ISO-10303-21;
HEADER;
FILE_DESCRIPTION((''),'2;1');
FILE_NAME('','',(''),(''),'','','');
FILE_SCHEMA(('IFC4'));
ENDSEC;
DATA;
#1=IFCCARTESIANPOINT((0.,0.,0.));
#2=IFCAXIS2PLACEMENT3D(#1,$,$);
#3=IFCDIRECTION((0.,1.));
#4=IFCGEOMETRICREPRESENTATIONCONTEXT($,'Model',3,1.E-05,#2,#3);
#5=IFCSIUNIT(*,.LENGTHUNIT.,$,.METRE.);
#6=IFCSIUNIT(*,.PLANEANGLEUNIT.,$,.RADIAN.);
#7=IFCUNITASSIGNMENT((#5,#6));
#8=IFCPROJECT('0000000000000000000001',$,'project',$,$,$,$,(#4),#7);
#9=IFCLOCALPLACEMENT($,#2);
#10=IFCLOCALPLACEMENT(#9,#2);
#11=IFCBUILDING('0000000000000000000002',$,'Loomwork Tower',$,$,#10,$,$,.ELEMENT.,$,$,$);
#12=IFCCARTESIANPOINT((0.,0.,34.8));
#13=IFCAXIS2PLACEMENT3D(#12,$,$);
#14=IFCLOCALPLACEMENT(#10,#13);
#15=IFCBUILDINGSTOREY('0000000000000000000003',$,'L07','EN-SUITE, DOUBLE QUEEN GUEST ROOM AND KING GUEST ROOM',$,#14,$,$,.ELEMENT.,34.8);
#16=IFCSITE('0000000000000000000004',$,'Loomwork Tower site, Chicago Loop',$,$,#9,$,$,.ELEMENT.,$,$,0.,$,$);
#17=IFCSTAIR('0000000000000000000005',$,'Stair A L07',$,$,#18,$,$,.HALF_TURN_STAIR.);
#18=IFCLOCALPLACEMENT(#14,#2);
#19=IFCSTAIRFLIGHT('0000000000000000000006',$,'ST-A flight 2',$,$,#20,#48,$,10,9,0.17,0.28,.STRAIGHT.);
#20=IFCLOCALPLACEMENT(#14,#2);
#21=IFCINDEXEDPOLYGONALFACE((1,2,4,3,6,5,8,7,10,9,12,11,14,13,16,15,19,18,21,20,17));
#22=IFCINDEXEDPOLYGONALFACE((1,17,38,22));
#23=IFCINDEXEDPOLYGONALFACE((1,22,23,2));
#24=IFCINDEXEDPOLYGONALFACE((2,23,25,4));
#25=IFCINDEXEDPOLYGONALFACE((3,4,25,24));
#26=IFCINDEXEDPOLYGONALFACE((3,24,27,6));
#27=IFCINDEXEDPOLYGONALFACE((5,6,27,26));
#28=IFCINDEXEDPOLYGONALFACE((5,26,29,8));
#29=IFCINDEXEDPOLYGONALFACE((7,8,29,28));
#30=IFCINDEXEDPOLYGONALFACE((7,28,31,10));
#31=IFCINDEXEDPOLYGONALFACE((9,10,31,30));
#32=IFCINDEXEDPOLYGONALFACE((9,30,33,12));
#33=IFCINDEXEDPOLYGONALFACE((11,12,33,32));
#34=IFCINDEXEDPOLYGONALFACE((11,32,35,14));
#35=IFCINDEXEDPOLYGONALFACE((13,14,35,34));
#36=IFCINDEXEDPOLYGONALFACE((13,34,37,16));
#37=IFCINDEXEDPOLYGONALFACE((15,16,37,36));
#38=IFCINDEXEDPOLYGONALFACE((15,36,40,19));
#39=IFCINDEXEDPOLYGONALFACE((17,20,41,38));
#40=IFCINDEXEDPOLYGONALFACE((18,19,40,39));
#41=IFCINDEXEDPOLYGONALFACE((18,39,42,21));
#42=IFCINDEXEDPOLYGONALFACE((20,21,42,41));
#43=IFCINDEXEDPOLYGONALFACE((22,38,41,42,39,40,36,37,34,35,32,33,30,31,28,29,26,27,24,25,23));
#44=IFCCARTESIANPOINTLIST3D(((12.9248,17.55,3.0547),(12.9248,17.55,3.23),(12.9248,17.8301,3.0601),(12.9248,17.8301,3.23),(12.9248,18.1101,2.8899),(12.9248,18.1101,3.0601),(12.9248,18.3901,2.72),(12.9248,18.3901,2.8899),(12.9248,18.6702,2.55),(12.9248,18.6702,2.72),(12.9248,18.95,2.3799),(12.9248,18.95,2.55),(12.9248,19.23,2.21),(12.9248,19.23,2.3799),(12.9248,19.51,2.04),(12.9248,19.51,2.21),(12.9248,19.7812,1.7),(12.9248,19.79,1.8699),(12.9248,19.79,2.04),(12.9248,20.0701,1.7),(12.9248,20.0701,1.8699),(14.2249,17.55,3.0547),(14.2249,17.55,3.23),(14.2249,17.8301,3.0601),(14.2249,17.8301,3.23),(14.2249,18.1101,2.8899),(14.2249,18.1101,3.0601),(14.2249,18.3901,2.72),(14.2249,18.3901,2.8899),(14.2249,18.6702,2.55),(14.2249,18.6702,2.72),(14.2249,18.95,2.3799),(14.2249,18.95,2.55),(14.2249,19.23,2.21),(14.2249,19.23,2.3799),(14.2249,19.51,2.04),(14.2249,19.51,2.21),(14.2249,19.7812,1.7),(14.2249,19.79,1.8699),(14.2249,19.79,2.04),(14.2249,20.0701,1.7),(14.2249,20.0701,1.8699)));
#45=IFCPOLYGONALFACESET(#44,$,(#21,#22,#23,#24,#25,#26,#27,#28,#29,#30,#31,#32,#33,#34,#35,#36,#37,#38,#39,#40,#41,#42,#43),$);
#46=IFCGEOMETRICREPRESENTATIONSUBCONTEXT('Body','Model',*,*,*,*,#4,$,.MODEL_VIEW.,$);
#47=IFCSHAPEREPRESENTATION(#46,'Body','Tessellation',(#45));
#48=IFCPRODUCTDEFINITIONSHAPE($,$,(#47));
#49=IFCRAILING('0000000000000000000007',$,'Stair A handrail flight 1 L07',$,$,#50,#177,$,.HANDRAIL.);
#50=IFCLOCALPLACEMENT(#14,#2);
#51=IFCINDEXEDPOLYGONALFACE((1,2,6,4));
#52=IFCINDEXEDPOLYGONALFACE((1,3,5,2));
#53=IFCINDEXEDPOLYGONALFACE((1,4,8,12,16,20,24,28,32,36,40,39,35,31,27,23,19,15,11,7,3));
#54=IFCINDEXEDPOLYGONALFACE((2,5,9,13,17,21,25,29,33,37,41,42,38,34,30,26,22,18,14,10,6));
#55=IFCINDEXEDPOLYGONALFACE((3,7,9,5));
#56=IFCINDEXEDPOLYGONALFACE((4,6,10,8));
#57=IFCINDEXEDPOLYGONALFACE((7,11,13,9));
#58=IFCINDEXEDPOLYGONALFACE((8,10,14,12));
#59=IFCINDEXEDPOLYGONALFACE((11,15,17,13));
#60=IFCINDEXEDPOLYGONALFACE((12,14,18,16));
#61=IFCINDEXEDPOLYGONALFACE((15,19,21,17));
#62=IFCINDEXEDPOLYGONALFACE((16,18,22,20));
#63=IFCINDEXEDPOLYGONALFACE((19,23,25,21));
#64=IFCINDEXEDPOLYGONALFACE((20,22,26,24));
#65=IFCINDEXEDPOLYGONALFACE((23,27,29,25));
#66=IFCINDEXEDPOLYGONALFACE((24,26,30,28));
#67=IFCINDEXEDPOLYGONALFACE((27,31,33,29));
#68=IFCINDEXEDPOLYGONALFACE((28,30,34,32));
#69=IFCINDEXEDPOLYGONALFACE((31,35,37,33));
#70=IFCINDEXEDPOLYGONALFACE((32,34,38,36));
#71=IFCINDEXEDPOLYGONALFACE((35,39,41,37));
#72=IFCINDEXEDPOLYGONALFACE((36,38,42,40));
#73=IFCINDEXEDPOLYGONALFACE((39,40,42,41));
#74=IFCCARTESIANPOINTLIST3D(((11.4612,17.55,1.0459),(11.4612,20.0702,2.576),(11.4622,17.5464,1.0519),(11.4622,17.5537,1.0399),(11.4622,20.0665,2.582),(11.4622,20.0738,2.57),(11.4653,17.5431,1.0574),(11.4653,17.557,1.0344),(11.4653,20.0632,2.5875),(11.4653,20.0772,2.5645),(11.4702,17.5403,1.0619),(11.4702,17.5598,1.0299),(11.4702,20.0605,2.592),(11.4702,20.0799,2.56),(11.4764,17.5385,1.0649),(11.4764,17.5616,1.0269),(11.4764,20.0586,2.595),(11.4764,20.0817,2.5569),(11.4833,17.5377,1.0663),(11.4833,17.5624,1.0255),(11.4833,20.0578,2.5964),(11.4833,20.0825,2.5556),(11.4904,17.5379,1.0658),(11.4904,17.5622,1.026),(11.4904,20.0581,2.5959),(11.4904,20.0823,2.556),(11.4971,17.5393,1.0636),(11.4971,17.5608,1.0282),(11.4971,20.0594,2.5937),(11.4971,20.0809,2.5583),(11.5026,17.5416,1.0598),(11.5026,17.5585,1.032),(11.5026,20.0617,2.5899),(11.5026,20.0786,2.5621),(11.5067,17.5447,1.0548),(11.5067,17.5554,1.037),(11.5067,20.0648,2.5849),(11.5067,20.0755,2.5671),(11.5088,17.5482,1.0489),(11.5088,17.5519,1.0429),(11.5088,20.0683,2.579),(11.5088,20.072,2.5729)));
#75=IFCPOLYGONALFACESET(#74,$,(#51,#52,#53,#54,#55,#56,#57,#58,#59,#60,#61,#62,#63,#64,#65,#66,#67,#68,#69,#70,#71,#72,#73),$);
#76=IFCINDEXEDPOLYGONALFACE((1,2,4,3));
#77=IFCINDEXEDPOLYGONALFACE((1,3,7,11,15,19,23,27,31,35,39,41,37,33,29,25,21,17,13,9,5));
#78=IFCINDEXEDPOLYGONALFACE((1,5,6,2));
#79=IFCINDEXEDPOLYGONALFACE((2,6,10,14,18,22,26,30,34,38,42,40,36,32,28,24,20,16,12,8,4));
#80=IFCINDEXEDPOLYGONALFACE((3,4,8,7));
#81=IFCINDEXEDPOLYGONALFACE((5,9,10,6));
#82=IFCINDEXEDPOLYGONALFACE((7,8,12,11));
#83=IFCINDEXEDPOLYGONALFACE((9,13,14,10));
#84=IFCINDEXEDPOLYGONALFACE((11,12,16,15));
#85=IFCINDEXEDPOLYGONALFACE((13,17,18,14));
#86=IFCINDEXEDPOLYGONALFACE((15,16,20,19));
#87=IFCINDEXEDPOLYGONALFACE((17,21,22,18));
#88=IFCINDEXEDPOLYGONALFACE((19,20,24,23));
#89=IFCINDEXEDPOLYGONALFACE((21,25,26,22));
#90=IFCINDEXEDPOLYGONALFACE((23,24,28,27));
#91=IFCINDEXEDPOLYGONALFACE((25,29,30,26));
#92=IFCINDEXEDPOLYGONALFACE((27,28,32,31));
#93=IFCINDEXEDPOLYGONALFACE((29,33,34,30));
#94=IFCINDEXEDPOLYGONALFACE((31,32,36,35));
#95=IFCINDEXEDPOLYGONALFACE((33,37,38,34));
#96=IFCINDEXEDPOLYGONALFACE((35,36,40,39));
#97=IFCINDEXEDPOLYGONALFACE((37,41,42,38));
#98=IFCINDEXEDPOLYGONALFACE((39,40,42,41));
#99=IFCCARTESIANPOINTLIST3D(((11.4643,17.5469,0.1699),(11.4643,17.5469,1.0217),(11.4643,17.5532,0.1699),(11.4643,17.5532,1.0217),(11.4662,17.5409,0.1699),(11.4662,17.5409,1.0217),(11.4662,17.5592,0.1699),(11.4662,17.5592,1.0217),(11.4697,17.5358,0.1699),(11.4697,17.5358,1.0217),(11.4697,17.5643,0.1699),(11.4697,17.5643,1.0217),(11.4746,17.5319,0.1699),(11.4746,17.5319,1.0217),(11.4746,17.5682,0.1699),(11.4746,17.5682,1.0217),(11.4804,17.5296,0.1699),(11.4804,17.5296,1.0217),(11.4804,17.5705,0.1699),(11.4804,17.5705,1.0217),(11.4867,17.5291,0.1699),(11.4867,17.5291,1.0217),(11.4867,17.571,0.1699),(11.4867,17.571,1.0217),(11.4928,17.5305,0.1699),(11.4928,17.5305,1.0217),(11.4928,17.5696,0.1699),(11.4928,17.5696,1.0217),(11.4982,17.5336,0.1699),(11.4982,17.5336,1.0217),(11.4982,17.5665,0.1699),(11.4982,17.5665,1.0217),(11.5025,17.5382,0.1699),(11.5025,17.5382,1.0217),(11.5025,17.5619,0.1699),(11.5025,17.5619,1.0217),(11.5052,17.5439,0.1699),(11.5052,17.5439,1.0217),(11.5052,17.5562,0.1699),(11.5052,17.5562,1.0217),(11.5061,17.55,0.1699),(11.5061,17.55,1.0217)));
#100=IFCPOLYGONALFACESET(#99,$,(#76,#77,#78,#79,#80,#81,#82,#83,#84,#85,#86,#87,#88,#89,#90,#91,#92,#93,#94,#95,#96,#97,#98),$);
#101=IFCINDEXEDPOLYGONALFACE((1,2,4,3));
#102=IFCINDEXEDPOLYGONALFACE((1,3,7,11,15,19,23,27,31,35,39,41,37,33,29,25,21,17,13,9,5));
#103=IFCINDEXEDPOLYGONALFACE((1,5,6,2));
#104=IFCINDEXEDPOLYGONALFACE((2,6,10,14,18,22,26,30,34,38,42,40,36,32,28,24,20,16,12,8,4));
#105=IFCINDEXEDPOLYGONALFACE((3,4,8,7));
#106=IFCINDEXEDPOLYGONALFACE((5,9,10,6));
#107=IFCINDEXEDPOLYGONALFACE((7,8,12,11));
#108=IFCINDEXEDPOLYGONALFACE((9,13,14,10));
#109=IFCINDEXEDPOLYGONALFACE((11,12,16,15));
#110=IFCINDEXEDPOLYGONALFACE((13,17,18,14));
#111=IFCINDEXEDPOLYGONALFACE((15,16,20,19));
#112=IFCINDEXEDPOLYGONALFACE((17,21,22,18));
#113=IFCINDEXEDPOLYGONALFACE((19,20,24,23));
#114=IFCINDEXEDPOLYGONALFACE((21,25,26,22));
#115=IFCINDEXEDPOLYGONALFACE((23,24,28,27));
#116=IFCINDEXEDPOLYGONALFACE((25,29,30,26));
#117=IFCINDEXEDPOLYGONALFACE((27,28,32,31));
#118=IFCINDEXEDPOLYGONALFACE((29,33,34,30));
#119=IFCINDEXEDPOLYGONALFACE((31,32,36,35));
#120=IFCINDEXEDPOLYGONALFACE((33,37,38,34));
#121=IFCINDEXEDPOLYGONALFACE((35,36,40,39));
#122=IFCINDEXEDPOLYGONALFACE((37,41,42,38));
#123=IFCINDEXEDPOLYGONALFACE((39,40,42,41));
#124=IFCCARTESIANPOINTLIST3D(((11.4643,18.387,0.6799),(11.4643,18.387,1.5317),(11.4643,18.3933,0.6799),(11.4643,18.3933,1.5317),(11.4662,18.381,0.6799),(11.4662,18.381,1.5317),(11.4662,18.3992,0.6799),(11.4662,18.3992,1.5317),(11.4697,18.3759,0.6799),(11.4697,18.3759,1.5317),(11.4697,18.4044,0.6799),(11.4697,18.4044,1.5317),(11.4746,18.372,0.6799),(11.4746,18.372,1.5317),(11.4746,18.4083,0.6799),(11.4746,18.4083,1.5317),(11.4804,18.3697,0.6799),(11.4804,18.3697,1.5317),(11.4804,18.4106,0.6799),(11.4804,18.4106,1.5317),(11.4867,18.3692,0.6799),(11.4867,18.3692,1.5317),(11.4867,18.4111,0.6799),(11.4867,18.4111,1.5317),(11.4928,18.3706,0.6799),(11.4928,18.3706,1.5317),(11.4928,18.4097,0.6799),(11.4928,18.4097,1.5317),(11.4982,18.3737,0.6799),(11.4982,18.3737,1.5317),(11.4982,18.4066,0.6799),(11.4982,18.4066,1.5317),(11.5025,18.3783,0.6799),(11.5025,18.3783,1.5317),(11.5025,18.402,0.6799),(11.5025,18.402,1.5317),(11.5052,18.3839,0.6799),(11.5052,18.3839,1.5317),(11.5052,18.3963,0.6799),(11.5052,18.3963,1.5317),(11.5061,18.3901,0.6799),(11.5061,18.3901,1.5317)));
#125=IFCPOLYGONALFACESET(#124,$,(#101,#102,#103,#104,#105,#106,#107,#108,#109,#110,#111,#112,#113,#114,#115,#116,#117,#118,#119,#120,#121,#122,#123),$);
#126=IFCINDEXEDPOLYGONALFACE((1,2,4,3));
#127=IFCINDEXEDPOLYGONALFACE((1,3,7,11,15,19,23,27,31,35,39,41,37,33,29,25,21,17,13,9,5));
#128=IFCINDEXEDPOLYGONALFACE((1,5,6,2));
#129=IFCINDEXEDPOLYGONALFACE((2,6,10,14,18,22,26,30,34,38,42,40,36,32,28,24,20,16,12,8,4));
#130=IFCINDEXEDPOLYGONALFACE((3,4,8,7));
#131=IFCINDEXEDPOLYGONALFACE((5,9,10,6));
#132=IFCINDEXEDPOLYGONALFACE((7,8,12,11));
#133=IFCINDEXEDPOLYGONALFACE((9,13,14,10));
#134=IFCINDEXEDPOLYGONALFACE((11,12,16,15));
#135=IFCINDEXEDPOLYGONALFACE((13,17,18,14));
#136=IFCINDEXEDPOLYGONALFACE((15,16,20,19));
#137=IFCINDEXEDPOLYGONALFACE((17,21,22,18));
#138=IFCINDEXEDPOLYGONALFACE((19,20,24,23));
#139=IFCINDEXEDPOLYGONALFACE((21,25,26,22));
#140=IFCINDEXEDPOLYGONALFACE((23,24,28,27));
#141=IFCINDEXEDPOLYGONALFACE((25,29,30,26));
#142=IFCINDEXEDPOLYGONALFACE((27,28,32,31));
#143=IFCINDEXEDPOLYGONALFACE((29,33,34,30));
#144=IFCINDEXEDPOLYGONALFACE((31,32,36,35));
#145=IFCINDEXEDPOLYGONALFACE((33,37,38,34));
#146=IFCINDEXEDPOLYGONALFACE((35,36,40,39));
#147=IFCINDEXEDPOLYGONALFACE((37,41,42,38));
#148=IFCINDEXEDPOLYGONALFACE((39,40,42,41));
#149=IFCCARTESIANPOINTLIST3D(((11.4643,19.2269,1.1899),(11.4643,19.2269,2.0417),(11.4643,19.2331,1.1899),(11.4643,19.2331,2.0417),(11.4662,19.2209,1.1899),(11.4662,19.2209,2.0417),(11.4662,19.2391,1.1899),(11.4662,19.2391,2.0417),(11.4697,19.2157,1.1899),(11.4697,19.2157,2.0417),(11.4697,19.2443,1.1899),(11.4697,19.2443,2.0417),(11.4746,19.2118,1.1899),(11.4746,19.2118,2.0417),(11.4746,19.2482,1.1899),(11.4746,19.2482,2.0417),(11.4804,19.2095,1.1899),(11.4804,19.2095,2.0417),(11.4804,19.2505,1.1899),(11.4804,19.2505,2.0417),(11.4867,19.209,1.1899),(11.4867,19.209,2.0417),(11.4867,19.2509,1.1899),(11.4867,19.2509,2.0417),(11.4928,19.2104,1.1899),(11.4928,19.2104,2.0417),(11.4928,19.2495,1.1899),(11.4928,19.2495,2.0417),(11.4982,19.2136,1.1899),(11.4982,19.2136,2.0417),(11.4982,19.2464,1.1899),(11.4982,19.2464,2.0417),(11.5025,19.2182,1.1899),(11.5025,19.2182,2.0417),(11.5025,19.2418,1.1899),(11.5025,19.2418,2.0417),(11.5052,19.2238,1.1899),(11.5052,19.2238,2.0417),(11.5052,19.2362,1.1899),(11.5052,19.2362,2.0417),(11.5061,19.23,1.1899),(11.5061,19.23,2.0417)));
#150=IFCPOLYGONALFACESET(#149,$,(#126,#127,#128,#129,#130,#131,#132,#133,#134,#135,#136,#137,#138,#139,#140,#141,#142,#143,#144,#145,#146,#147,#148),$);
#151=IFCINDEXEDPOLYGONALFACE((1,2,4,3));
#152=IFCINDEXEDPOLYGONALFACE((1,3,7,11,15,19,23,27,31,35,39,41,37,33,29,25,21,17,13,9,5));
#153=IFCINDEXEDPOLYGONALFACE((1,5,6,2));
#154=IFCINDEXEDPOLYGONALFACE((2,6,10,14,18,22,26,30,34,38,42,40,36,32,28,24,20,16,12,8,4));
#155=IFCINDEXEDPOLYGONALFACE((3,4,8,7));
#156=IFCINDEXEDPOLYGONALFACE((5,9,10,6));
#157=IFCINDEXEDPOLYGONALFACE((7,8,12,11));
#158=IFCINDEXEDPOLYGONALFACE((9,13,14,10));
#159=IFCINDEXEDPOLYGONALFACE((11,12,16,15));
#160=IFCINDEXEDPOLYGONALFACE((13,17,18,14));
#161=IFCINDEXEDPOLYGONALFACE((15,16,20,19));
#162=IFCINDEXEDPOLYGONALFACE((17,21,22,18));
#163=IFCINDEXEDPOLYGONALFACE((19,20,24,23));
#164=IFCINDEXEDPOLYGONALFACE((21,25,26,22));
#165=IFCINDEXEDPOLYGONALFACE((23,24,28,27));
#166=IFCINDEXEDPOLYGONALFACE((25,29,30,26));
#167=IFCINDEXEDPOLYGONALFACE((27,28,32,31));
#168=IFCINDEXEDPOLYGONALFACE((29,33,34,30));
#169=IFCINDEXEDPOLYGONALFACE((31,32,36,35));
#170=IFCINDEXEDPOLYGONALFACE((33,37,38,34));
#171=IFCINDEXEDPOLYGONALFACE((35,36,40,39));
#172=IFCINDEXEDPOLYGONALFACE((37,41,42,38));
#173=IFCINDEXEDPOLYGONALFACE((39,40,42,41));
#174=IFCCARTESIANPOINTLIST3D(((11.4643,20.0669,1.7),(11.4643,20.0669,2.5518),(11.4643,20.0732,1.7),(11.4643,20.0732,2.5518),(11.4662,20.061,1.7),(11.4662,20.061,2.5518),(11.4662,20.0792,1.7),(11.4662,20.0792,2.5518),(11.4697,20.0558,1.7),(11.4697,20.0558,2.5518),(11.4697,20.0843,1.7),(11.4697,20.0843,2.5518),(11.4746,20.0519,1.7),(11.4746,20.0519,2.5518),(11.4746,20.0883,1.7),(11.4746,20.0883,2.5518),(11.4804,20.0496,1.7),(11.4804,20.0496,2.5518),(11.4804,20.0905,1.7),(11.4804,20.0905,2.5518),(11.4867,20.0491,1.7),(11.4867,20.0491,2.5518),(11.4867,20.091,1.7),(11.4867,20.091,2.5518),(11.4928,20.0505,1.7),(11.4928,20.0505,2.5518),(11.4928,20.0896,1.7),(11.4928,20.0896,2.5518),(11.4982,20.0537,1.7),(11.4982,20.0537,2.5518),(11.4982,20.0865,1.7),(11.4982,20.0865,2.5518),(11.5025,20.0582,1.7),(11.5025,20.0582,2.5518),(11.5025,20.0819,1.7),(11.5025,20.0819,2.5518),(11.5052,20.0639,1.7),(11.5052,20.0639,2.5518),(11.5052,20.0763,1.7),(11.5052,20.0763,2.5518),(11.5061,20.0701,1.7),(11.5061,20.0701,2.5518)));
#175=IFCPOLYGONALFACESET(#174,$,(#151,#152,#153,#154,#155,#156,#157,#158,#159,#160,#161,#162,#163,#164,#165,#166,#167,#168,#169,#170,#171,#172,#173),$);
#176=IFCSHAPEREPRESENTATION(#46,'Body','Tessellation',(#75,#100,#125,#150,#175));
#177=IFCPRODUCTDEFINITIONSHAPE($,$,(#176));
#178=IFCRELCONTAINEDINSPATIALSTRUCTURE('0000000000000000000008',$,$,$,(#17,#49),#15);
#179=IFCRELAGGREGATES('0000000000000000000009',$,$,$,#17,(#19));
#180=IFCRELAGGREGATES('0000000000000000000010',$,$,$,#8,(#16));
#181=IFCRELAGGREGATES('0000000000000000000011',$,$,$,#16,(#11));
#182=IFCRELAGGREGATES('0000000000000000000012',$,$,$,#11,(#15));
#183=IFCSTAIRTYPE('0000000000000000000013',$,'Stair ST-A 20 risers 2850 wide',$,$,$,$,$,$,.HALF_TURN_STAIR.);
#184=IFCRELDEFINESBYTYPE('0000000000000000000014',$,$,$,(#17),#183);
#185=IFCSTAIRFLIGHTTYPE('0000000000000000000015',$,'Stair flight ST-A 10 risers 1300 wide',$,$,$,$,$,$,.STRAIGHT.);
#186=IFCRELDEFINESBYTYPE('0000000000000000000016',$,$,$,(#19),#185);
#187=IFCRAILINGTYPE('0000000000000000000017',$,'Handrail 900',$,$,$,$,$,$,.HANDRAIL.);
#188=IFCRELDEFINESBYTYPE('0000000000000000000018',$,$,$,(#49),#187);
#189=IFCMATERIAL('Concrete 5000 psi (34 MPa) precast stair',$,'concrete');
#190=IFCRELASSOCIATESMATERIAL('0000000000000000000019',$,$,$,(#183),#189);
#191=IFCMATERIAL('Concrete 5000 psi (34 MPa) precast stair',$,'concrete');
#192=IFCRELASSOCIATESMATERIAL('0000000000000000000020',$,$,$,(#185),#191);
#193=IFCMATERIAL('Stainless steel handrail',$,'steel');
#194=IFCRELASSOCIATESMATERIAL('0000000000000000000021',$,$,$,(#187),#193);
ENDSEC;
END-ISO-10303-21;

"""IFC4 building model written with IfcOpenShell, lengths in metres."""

from ifc_helpers import new_model, si_unit, direction, frame, origin, origin_2d, place, context, subcontext, project, spatial, polyline, circle, outline, extrude, material, type_object, element, aggregate, save


model = new_model("IFC4")

# Units and contexts
model_context = context("Model", 3, precision=1e-05, world=origin(), true_north=direction((0.0, 1.0)))
body_context = subcontext(model_context, "Body", "Model", "MODEL_VIEW")
ifc_project = project(units=[si_unit("LENGTHUNIT", "METRE"), si_unit("PLANEANGLEUNIT", "RADIAN")], contexts=[model_context])

# Site, building, storey
site_placement = place(None, origin())
site = spatial("IfcSite", under=ifc_project, at=site_placement, Name="Loomwork Tower site, Chicago Loop", CompositionType="ELEMENT", RefElevation=0.0)
building_placement = place(site_placement, origin())
building = spatial("IfcBuilding", under=site, at=building_placement, Name="Loomwork Tower", CompositionType="ELEMENT")
storey_placement = place(building_placement, frame((0.0, 0.0, 34.8)))
storey = spatial("IfcBuildingStorey", under=building, at=storey_placement, Name="L07", Description="EN-SUITE, DOUBLE QUEEN GUEST ROOM AND KING GUEST ROOM", CompositionType="ELEMENT", Elevation=34.8)

# Stair, stair flight
ifc_material_1 = material(Name="Concrete 5000 psi (34 MPa) precast stair", Category="concrete")
stair_type = type_object("IfcStairType", Name="Stair ST-A 20 risers 2850 wide", PredefinedType="HALF_TURN_STAIR", material=ifc_material_1)
stair_placement = place(storey_placement, origin())
stair = element("IfcStair", 1, at=stair_placement, inside=storey, type_object=stair_type, Name="Stair A L07", PredefinedType="HALF_TURN_STAIR")
ifc_material_2 = material(Name="Concrete 5000 psi (34 MPa) precast stair", Category="concrete")
stair_flight_type = type_object("IfcStairFlightType", Name="Stair flight ST-A 10 risers 1300 wide", PredefinedType="STRAIGHT", material=ifc_material_2)
stair_flight_1_placement = place(storey_placement, frame((13.575, 20.0701, 1.7), z_axis=(0.0, 0.0, 1.0), x_axis=(0.0, -1.0, 0.0)))
stair_flight_1 = element("IfcStairFlight", 2, at=stair_flight_1_placement, type_object=stair_flight_type, Name="ST-A flight 2", NumberOfRisers=10, NumberOfTreads=9, PredefinedType="STRAIGHT", RiserHeight=0.17, TreadLength=0.28, context=body_context, shape_type="SweptSolid", body=[
    extrude(outline(polyline([(0.0, 0.0), (0.0, 0.1699), (0.28, 0.1699), (0.28, 0.3401), (0.5601, 0.3401), (0.5601, 0.51), (0.8401, 0.51), (0.8401, 0.6799), (1.1201, 0.6799), (1.1201, 0.8501), (1.3999, 0.8501), (1.3999, 1.02), (1.6799, 1.02), (1.6799, 1.1899), (1.96, 1.1899), (1.96, 1.3601), (2.24, 1.3601), (2.24, 1.53), (2.52, 1.53), (2.52, 1.7), (2.52, 1.3547), (0.2888, 0.0), (0.0, 0.0)])), frame((0.0, 0.6499, 0.0), z_axis=(0.0, -1.0, 0.0), x_axis=(1.0, 0.0, 0.0)), (0.0, 0.0, 1.0), 1.3),
])
aggregate(stair, [stair_flight_1])

# Railing
ifc_material_3 = material(Name="Stainless steel handrail", Category="steel")
railing_type = type_object("IfcRailingType", Name="Handrail 900", PredefinedType="HANDRAIL", material=ifc_material_3)
railing_1_placement = place(storey_placement, frame((11.4851, 17.55, 0.1699)))
element("IfcRailing", 3, at=railing_1_placement, inside=storey, type_object=railing_type, Name="Stair A handrail flight 1 L07", PredefinedType="HANDRAIL", context=body_context, shape_type="SweptSolid", body=[
    extrude(circle(Radius=0.0239, at=origin_2d()), frame((0.0, 0.0, 0.876), z_axis=(0.0, 0.854785, 0.518982), x_axis=(-1.0, 0.0, 0.0)), (0.0, 0.0, 1.0), 2.9482),
    extrude(circle(Radius=0.021, at=origin_2d()), origin(), (0.0, 0.0, 1.0), 0.8518),
    extrude(circle(Radius=0.021, at=origin_2d()), frame((0.0, 0.8401, 0.51)), (0.0, 0.0, 1.0), 0.8518),
    extrude(circle(Radius=0.021, at=origin_2d()), frame((0.0, 1.6799, 1.02)), (0.0, 0.0, 1.0), 0.8518),
    extrude(circle(Radius=0.021, at=origin_2d()), frame((0.0, 2.52, 1.53)), (0.0, 0.0, 1.0), 0.8518),
])

save(model, "model.ifc")
